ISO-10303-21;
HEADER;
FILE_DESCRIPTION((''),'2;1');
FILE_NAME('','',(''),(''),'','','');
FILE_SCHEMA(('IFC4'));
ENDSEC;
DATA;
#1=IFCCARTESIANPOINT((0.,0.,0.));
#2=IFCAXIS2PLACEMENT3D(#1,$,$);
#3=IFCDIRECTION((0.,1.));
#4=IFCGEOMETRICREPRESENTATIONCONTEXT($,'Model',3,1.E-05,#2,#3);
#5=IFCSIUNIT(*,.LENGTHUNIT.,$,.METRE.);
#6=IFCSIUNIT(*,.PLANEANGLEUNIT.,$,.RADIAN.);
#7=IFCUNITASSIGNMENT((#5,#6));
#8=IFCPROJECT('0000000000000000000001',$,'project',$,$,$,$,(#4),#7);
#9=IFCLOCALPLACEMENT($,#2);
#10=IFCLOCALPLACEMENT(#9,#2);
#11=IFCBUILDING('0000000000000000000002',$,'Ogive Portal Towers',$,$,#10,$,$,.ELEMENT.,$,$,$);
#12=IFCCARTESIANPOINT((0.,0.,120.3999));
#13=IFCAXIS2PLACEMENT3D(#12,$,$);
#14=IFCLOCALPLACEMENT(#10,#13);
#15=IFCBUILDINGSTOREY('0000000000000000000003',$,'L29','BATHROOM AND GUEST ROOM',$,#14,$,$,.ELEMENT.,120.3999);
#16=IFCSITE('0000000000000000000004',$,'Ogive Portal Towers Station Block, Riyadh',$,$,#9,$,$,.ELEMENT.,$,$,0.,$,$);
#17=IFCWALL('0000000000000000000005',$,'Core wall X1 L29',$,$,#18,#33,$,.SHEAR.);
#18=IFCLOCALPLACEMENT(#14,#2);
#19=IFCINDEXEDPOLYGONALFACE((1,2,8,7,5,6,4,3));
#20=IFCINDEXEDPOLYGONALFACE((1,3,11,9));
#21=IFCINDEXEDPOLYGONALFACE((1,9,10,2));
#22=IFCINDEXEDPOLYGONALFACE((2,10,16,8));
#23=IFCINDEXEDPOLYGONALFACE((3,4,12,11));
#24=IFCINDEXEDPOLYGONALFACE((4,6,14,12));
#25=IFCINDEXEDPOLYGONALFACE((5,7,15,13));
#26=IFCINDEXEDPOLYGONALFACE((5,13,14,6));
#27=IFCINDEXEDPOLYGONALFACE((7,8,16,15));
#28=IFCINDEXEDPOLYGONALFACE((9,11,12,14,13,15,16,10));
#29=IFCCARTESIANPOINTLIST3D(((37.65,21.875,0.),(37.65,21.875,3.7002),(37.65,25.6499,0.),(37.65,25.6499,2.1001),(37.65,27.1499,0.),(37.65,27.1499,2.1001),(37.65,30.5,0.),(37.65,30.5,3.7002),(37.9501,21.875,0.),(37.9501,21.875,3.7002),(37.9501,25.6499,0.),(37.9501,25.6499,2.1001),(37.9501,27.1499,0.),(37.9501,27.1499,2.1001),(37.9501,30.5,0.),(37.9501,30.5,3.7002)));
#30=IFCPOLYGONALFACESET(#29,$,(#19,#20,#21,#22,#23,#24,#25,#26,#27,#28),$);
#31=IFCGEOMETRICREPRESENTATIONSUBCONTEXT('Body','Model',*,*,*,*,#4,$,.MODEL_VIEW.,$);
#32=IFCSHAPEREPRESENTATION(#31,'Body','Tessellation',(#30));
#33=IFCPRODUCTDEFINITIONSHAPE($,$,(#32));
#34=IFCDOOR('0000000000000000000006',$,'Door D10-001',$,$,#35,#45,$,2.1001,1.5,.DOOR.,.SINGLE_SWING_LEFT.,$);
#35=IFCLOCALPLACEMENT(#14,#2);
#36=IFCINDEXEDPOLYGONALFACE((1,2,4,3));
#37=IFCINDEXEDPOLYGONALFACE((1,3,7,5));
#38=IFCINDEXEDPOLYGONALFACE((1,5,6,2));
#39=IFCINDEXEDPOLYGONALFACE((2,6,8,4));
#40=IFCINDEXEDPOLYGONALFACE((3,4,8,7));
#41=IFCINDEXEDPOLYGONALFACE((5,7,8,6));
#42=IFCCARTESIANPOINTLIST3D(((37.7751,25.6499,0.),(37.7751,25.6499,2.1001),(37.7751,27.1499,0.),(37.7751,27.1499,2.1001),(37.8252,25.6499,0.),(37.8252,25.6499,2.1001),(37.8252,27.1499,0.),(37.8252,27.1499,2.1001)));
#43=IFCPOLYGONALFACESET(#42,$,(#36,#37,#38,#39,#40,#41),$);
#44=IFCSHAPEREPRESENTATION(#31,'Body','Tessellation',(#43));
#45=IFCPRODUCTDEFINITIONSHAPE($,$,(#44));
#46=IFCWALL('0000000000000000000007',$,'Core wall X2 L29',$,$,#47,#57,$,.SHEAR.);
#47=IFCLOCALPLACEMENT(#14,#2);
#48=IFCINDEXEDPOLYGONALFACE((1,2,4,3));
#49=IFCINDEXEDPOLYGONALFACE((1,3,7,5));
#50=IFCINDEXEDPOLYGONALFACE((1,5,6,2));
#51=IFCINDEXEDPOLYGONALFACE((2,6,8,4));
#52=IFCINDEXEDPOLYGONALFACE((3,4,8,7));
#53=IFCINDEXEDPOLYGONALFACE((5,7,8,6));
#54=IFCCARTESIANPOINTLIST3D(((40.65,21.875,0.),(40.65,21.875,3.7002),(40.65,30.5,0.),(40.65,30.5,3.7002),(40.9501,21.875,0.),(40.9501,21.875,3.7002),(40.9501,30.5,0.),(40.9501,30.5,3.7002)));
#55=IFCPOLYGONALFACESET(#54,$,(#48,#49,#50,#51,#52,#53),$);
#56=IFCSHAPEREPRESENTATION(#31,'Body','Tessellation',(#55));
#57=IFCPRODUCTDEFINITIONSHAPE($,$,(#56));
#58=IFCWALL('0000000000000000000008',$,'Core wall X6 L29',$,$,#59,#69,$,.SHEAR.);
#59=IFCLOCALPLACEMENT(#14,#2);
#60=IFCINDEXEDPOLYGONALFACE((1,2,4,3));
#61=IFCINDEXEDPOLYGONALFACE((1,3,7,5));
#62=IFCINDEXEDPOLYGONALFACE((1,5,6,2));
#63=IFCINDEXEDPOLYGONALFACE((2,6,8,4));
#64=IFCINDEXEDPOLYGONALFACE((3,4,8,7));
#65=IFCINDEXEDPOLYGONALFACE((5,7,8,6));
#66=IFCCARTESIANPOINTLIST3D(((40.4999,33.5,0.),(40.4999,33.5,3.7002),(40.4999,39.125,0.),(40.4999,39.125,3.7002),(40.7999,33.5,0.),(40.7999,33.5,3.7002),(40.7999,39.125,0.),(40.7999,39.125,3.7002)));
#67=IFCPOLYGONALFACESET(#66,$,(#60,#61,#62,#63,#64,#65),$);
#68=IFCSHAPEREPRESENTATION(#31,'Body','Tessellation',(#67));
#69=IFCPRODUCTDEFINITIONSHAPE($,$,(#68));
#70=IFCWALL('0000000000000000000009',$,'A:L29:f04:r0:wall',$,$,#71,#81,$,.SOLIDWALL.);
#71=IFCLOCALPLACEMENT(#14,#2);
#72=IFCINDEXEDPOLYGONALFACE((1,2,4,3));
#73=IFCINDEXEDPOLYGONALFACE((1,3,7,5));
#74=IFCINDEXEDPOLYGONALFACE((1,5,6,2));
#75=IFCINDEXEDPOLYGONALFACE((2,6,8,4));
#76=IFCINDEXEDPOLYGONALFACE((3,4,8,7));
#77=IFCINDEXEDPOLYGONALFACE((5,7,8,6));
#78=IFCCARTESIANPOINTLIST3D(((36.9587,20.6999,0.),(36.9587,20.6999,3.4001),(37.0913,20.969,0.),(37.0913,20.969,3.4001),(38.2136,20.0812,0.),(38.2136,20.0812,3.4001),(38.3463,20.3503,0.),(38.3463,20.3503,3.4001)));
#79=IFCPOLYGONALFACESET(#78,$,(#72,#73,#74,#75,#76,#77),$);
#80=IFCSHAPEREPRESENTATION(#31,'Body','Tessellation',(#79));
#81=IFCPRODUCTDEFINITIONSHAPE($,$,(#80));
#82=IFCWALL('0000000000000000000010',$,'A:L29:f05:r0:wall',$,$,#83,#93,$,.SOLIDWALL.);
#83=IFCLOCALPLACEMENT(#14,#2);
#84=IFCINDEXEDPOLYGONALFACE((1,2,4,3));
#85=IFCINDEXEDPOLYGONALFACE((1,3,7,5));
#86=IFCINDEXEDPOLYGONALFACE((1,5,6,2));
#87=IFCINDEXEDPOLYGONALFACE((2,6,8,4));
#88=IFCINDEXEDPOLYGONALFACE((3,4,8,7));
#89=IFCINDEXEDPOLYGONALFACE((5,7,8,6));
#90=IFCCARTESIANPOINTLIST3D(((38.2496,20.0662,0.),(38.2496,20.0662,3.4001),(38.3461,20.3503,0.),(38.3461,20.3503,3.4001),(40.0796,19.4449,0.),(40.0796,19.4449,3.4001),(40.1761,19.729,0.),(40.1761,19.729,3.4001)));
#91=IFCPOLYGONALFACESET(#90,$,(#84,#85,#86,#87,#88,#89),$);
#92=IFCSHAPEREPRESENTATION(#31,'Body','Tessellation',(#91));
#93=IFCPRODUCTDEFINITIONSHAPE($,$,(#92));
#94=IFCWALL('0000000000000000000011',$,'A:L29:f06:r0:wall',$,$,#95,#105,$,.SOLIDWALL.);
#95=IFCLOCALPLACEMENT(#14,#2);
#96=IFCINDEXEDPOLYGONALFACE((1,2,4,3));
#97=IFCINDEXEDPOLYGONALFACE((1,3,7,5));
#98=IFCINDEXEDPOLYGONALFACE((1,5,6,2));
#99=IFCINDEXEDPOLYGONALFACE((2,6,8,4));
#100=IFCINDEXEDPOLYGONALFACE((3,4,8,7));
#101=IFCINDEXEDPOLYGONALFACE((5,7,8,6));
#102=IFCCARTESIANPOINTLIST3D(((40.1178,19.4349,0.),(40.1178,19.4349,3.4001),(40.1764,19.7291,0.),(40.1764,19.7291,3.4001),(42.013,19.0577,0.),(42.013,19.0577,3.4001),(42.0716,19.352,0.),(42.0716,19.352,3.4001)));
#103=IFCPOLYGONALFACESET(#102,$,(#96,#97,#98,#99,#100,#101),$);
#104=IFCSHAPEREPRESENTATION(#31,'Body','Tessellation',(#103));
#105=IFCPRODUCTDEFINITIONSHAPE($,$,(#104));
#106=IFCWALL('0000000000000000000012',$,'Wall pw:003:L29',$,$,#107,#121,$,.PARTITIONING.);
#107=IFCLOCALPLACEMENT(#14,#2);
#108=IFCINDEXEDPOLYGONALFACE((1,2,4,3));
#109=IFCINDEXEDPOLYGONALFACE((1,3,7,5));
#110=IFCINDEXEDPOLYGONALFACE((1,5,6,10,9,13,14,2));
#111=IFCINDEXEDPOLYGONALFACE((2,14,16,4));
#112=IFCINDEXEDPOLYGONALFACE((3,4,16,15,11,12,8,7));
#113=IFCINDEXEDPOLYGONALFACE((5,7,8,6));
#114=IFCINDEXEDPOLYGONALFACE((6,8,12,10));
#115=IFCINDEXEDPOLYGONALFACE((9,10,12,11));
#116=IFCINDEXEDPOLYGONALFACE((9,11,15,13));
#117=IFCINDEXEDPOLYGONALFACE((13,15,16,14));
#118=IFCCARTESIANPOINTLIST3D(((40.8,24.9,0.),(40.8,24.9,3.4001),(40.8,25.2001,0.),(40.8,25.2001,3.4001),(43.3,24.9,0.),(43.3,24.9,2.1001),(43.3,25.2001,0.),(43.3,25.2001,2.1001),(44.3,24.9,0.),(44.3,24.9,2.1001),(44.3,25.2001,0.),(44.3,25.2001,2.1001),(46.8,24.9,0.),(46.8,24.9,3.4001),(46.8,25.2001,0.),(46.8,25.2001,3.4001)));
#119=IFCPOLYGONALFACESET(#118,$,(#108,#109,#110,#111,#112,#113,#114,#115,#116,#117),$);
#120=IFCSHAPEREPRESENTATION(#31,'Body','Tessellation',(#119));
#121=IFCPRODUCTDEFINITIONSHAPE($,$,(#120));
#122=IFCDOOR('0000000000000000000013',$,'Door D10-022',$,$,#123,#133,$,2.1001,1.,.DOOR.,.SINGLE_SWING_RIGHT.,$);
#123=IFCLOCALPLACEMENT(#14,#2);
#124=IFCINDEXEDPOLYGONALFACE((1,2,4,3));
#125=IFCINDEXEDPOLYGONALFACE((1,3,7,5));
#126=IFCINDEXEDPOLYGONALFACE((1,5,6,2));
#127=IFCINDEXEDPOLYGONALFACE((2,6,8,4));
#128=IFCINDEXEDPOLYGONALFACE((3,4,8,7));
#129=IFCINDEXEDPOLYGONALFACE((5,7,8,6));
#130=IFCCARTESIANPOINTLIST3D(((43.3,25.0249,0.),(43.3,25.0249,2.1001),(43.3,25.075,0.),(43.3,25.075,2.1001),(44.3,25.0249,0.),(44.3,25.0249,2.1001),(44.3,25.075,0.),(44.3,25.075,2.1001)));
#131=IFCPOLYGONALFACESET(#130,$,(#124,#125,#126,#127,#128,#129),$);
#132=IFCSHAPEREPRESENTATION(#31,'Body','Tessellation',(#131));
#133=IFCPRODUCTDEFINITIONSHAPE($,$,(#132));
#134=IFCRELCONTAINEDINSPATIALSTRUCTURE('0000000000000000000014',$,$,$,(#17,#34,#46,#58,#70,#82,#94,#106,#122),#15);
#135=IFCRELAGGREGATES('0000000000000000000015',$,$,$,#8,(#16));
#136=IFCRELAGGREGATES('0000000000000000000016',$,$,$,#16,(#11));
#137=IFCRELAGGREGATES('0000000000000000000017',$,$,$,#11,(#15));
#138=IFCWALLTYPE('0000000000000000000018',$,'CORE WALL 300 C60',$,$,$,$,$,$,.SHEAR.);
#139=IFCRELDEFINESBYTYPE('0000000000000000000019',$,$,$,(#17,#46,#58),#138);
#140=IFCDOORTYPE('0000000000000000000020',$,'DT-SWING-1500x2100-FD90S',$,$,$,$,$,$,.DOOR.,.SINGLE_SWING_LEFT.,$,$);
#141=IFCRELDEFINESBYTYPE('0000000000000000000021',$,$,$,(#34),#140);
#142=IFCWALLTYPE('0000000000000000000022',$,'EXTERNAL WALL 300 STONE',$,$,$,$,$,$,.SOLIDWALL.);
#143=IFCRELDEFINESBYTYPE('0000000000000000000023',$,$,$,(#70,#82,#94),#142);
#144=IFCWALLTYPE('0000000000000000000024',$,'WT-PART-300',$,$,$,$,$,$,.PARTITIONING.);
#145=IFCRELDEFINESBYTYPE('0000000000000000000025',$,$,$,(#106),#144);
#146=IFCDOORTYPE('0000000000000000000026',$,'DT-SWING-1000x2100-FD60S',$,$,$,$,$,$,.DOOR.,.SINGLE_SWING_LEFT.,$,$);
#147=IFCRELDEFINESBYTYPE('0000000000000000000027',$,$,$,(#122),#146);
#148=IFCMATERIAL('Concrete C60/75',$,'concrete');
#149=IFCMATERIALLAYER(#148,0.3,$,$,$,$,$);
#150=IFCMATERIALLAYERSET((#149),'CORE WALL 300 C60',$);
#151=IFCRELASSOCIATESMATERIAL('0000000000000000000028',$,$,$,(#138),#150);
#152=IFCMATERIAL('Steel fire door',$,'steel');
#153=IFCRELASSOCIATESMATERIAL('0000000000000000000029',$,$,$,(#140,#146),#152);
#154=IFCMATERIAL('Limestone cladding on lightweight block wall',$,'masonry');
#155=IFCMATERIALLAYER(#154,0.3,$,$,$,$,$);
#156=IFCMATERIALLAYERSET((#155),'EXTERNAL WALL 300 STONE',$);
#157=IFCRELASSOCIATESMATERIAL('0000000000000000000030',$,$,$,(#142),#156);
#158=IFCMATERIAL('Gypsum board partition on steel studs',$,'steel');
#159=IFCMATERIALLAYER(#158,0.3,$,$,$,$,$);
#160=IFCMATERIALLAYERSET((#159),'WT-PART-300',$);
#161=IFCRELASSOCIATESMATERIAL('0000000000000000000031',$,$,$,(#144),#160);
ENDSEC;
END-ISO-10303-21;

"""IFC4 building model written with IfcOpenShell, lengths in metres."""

from ifc_helpers import new_model, si_unit, direction, frame, frame_2d, origin, place, context, subcontext, project, spatial, rectangle, extrude, material, layer, layer_set, type_object, element, fill, save


model = new_model("IFC4")

# Units and contexts
model_context = context("Model", 3, precision=1e-05, world=origin(), true_north=direction((0.0, 1.0)))
body_context = subcontext(model_context, "Body", "Model", "MODEL_VIEW")
ifc_project = project(units=[si_unit("LENGTHUNIT", "METRE"), si_unit("PLANEANGLEUNIT", "RADIAN")], contexts=[model_context])

# Site, building, storey
site_placement = place(None, origin())
site = spatial("IfcSite", under=ifc_project, at=site_placement, Name="Ogive Portal Towers Station Block, Riyadh", CompositionType="ELEMENT", RefElevation=0.0)
building_placement = place(site_placement, origin())
building = spatial("IfcBuilding", under=site, at=building_placement, Name="Ogive Portal Towers", CompositionType="ELEMENT")
storey_placement = place(building_placement, frame((0.0, 0.0, 120.3999)))
storey = spatial("IfcBuildingStorey", under=building, at=storey_placement, Name="L29", Description="BATHROOM AND GUEST ROOM", CompositionType="ELEMENT", Elevation=120.3999)

# Wall, opening, door
ifc_material_1 = material(Name="Concrete C60/75", Category="concrete")
ifc_layer_1 = layer(ifc_material_1, 0.3)
ifc_layer_set_1 = layer_set([ifc_layer_1], Name="CORE WALL 300 C60")
wall_type_1 = type_object("IfcWallType", Name="CORE WALL 300 C60", PredefinedType="SHEAR", material=ifc_layer_set_1)
wall_1_placement = place(storey_placement, frame((37.8, 21.875, 0.0), z_axis=(0.0, 0.0, 1.0), x_axis=(0.0, 1.0, 0.0)))
wall_1 = element("IfcWall", 1, at=wall_1_placement, inside=storey, type_object=wall_type_1, Name="Core wall X1 L29", PredefinedType="SHEAR", context=body_context, shape_type="SweptSolid", body=[
    extrude(rectangle(XDim=8.625, YDim=0.3, at=frame_2d((4.3125, 0.0))), origin(), (0.0, 0.0, 1.0), 3.7002),
])
opening_1_placement = place(wall_1_placement, frame((3.7749, 0.0, 0.0)))
opening_1 = element("IfcOpeningElement", 2, at=opening_1_placement, cuts=wall_1, PredefinedType="OPENING", context=body_context, shape_type="SweptSolid", body=[
    extrude(rectangle(XDim=1.5, YDim=2.1001, at=frame_2d((0.75, 1.05))), frame((0.0, 0.1602, 0.0), z_axis=(0.0, -1.0, 0.0), x_axis=(1.0, 0.0, 0.0)), (0.0, 0.0, 1.0), 0.3201),
])
ifc_material_2 = material(Name="Steel fire door", Category="steel")
door_type_1 = type_object("IfcDoorType", Name="DT-SWING-1500x2100-FD90S", OperationType="SINGLE_SWING_LEFT", PredefinedType="DOOR", material=ifc_material_2)
door_1_placement = place(opening_1_placement, origin())
door_1 = element("IfcDoor", 3, at=door_1_placement, inside=storey, type_object=door_type_1, Name="Door D10-001", OperationType="SINGLE_SWING_LEFT", OverallHeight=2.1001, OverallWidth=1.5, PredefinedType="DOOR", context=body_context, shape_type="SweptSolid", body=[
    extrude(rectangle(XDim=1.5, YDim=2.1001, at=frame_2d((0.75, 1.05))), frame((0.0, 0.0249, 0.0), z_axis=(0.0, -1.0, 0.0), x_axis=(1.0, 0.0, 0.0)), (0.0, 0.0, 1.0), 0.05),
])
fill(opening_1, door_1)

# Walls
wall_2_placement = place(storey_placement, frame((40.8, 21.875, 0.0), z_axis=(0.0, 0.0, 1.0), x_axis=(0.0, 1.0, 0.0)))
element("IfcWall", 4, at=wall_2_placement, inside=storey, type_object=wall_type_1, Name="Core wall X2 L29", PredefinedType="SHEAR", context=body_context, shape_type="SweptSolid", body=[
    extrude(rectangle(XDim=8.625, YDim=0.3, at=frame_2d((4.3125, 0.0))), origin(), (0.0, 0.0, 1.0), 3.7002),
])
wall_3_placement = place(storey_placement, frame((40.6499, 33.5, 0.0), z_axis=(0.0, 0.0, 1.0), x_axis=(0.0, 1.0, 0.0)))
element("IfcWall", 5, at=wall_3_placement, inside=storey, type_object=wall_type_1, Name="Core wall X6 L29", PredefinedType="SHEAR", context=body_context, shape_type="SweptSolid", body=[
    extrude(rectangle(XDim=5.625, YDim=0.3, at=frame_2d((2.8125, 0.0))), origin(), (0.0, 0.0, 1.0), 3.7002),
])

# Walls
ifc_material_3 = material(Name="Limestone cladding on lightweight block wall", Category="masonry")
ifc_layer_2 = layer(ifc_material_3, 0.3)
ifc_layer_set_2 = layer_set([ifc_layer_2], Name="EXTERNAL WALL 300 STONE")
wall_type_2 = type_object("IfcWallType", Name="EXTERNAL WALL 300 STONE", PredefinedType="SOLIDWALL", material=ifc_layer_set_2)
wall_4_placement = place(storey_placement, frame((37.0249, 20.8345, 0.0), z_axis=(0.0, 0.0, 1.0), x_axis=(0.896926, -0.442181, 0.0)))
element("IfcWall", 6, at=wall_4_placement, inside=storey, type_object=wall_type_2, Name="A:L29:f04:r0:wall", PredefinedType="SOLIDWALL", context=body_context, shape_type="SweptSolid", body=[
    extrude(rectangle(XDim=1.3992, YDim=0.3, at=frame_2d((0.6997, 0.0))), origin(), (0.0, 0.0, 1.0), 3.4001),
])
wall_5_placement = place(storey_placement, frame((38.2979, 20.2083, 0.0), z_axis=(0.0, 0.0, 1.0), x_axis=(0.946913, -0.321491, 0.0)))
element("IfcWall", 7, at=wall_5_placement, inside=storey, type_object=wall_type_2, Name="A:L29:f05:r0:wall", PredefinedType="SOLIDWALL", context=body_context, shape_type="SweptSolid", body=[
    extrude(rectangle(XDim=1.9326, YDim=0.3, at=frame_2d((0.9663, 0.0))), origin(), (0.0, 0.0, 1.0), 3.4001),
])
wall_6_placement = place(storey_placement, frame((40.147, 19.582, 0.0), z_axis=(0.0, 0.0, 1.0), x_axis=(0.980765, -0.195193, 0.0)))
element("IfcWall", 8, at=wall_6_placement, inside=storey, type_object=wall_type_2, Name="A:L29:f06:r0:wall", PredefinedType="SOLIDWALL", context=body_context, shape_type="SweptSolid", body=[
    extrude(rectangle(XDim=1.9324, YDim=0.3, at=frame_2d((0.9663, 0.0))), origin(), (0.0, 0.0, 1.0), 3.4001),
])

# Wall, opening, door
ifc_material_4 = material(Name="Gypsum board partition on steel studs", Category="steel")
ifc_layer_3 = layer(ifc_material_4, 0.3)
ifc_layer_set_3 = layer_set([ifc_layer_3], Name="WT-PART-300")
wall_type_3 = type_object("IfcWallType", Name="WT-PART-300", PredefinedType="PARTITIONING", material=ifc_layer_set_3)
wall_7_placement = place(storey_placement, frame((40.8, 25.05, 0.0), z_axis=(0.0, 0.0, 1.0), x_axis=(1.0, 0.0, 0.0)))
wall_7 = element("IfcWall", 9, at=wall_7_placement, inside=storey, type_object=wall_type_3, Name="Wall pw:003:L29", PredefinedType="PARTITIONING", context=body_context, shape_type="SweptSolid", body=[
    extrude(rectangle(XDim=6.0, YDim=0.3, at=frame_2d((3.0, 0.0))), origin(), (0.0, 0.0, 1.0), 3.4001),
])
opening_2_placement = place(wall_7_placement, frame((2.5, 0.0, 0.0)))
opening_2 = element("IfcOpeningElement", 10, at=opening_2_placement, cuts=wall_7, PredefinedType="OPENING", context=body_context, shape_type="SweptSolid", body=[
    extrude(rectangle(XDim=1.0, YDim=2.1001, at=frame_2d((0.5, 1.05))), frame((0.0, 0.1602, 0.0), z_axis=(0.0, -1.0, 0.0), x_axis=(1.0, 0.0, 0.0)), (0.0, 0.0, 1.0), 0.3201),
])
door_type_2 = type_object("IfcDoorType", Name="DT-SWING-1000x2100-FD60S", OperationType="SINGLE_SWING_LEFT", PredefinedType="DOOR", material=ifc_material_2)
door_2_placement = place(opening_2_placement, origin())
door_2 = element("IfcDoor", 11, at=door_2_placement, inside=storey, type_object=door_type_2, Name="Door D10-022", OperationType="SINGLE_SWING_RIGHT", OverallHeight=2.1001, OverallWidth=1.0, PredefinedType="DOOR", context=body_context, shape_type="SweptSolid", body=[
    extrude(rectangle(XDim=1.0, YDim=2.1001, at=frame_2d((0.5, 1.05))), frame((0.0, 0.0249, 0.0), z_axis=(0.0, -1.0, 0.0), x_axis=(1.0, 0.0, 0.0)), (0.0, 0.0, 1.0), 0.05),
])
fill(opening_2, door_2)

save(model, "model.ifc")
